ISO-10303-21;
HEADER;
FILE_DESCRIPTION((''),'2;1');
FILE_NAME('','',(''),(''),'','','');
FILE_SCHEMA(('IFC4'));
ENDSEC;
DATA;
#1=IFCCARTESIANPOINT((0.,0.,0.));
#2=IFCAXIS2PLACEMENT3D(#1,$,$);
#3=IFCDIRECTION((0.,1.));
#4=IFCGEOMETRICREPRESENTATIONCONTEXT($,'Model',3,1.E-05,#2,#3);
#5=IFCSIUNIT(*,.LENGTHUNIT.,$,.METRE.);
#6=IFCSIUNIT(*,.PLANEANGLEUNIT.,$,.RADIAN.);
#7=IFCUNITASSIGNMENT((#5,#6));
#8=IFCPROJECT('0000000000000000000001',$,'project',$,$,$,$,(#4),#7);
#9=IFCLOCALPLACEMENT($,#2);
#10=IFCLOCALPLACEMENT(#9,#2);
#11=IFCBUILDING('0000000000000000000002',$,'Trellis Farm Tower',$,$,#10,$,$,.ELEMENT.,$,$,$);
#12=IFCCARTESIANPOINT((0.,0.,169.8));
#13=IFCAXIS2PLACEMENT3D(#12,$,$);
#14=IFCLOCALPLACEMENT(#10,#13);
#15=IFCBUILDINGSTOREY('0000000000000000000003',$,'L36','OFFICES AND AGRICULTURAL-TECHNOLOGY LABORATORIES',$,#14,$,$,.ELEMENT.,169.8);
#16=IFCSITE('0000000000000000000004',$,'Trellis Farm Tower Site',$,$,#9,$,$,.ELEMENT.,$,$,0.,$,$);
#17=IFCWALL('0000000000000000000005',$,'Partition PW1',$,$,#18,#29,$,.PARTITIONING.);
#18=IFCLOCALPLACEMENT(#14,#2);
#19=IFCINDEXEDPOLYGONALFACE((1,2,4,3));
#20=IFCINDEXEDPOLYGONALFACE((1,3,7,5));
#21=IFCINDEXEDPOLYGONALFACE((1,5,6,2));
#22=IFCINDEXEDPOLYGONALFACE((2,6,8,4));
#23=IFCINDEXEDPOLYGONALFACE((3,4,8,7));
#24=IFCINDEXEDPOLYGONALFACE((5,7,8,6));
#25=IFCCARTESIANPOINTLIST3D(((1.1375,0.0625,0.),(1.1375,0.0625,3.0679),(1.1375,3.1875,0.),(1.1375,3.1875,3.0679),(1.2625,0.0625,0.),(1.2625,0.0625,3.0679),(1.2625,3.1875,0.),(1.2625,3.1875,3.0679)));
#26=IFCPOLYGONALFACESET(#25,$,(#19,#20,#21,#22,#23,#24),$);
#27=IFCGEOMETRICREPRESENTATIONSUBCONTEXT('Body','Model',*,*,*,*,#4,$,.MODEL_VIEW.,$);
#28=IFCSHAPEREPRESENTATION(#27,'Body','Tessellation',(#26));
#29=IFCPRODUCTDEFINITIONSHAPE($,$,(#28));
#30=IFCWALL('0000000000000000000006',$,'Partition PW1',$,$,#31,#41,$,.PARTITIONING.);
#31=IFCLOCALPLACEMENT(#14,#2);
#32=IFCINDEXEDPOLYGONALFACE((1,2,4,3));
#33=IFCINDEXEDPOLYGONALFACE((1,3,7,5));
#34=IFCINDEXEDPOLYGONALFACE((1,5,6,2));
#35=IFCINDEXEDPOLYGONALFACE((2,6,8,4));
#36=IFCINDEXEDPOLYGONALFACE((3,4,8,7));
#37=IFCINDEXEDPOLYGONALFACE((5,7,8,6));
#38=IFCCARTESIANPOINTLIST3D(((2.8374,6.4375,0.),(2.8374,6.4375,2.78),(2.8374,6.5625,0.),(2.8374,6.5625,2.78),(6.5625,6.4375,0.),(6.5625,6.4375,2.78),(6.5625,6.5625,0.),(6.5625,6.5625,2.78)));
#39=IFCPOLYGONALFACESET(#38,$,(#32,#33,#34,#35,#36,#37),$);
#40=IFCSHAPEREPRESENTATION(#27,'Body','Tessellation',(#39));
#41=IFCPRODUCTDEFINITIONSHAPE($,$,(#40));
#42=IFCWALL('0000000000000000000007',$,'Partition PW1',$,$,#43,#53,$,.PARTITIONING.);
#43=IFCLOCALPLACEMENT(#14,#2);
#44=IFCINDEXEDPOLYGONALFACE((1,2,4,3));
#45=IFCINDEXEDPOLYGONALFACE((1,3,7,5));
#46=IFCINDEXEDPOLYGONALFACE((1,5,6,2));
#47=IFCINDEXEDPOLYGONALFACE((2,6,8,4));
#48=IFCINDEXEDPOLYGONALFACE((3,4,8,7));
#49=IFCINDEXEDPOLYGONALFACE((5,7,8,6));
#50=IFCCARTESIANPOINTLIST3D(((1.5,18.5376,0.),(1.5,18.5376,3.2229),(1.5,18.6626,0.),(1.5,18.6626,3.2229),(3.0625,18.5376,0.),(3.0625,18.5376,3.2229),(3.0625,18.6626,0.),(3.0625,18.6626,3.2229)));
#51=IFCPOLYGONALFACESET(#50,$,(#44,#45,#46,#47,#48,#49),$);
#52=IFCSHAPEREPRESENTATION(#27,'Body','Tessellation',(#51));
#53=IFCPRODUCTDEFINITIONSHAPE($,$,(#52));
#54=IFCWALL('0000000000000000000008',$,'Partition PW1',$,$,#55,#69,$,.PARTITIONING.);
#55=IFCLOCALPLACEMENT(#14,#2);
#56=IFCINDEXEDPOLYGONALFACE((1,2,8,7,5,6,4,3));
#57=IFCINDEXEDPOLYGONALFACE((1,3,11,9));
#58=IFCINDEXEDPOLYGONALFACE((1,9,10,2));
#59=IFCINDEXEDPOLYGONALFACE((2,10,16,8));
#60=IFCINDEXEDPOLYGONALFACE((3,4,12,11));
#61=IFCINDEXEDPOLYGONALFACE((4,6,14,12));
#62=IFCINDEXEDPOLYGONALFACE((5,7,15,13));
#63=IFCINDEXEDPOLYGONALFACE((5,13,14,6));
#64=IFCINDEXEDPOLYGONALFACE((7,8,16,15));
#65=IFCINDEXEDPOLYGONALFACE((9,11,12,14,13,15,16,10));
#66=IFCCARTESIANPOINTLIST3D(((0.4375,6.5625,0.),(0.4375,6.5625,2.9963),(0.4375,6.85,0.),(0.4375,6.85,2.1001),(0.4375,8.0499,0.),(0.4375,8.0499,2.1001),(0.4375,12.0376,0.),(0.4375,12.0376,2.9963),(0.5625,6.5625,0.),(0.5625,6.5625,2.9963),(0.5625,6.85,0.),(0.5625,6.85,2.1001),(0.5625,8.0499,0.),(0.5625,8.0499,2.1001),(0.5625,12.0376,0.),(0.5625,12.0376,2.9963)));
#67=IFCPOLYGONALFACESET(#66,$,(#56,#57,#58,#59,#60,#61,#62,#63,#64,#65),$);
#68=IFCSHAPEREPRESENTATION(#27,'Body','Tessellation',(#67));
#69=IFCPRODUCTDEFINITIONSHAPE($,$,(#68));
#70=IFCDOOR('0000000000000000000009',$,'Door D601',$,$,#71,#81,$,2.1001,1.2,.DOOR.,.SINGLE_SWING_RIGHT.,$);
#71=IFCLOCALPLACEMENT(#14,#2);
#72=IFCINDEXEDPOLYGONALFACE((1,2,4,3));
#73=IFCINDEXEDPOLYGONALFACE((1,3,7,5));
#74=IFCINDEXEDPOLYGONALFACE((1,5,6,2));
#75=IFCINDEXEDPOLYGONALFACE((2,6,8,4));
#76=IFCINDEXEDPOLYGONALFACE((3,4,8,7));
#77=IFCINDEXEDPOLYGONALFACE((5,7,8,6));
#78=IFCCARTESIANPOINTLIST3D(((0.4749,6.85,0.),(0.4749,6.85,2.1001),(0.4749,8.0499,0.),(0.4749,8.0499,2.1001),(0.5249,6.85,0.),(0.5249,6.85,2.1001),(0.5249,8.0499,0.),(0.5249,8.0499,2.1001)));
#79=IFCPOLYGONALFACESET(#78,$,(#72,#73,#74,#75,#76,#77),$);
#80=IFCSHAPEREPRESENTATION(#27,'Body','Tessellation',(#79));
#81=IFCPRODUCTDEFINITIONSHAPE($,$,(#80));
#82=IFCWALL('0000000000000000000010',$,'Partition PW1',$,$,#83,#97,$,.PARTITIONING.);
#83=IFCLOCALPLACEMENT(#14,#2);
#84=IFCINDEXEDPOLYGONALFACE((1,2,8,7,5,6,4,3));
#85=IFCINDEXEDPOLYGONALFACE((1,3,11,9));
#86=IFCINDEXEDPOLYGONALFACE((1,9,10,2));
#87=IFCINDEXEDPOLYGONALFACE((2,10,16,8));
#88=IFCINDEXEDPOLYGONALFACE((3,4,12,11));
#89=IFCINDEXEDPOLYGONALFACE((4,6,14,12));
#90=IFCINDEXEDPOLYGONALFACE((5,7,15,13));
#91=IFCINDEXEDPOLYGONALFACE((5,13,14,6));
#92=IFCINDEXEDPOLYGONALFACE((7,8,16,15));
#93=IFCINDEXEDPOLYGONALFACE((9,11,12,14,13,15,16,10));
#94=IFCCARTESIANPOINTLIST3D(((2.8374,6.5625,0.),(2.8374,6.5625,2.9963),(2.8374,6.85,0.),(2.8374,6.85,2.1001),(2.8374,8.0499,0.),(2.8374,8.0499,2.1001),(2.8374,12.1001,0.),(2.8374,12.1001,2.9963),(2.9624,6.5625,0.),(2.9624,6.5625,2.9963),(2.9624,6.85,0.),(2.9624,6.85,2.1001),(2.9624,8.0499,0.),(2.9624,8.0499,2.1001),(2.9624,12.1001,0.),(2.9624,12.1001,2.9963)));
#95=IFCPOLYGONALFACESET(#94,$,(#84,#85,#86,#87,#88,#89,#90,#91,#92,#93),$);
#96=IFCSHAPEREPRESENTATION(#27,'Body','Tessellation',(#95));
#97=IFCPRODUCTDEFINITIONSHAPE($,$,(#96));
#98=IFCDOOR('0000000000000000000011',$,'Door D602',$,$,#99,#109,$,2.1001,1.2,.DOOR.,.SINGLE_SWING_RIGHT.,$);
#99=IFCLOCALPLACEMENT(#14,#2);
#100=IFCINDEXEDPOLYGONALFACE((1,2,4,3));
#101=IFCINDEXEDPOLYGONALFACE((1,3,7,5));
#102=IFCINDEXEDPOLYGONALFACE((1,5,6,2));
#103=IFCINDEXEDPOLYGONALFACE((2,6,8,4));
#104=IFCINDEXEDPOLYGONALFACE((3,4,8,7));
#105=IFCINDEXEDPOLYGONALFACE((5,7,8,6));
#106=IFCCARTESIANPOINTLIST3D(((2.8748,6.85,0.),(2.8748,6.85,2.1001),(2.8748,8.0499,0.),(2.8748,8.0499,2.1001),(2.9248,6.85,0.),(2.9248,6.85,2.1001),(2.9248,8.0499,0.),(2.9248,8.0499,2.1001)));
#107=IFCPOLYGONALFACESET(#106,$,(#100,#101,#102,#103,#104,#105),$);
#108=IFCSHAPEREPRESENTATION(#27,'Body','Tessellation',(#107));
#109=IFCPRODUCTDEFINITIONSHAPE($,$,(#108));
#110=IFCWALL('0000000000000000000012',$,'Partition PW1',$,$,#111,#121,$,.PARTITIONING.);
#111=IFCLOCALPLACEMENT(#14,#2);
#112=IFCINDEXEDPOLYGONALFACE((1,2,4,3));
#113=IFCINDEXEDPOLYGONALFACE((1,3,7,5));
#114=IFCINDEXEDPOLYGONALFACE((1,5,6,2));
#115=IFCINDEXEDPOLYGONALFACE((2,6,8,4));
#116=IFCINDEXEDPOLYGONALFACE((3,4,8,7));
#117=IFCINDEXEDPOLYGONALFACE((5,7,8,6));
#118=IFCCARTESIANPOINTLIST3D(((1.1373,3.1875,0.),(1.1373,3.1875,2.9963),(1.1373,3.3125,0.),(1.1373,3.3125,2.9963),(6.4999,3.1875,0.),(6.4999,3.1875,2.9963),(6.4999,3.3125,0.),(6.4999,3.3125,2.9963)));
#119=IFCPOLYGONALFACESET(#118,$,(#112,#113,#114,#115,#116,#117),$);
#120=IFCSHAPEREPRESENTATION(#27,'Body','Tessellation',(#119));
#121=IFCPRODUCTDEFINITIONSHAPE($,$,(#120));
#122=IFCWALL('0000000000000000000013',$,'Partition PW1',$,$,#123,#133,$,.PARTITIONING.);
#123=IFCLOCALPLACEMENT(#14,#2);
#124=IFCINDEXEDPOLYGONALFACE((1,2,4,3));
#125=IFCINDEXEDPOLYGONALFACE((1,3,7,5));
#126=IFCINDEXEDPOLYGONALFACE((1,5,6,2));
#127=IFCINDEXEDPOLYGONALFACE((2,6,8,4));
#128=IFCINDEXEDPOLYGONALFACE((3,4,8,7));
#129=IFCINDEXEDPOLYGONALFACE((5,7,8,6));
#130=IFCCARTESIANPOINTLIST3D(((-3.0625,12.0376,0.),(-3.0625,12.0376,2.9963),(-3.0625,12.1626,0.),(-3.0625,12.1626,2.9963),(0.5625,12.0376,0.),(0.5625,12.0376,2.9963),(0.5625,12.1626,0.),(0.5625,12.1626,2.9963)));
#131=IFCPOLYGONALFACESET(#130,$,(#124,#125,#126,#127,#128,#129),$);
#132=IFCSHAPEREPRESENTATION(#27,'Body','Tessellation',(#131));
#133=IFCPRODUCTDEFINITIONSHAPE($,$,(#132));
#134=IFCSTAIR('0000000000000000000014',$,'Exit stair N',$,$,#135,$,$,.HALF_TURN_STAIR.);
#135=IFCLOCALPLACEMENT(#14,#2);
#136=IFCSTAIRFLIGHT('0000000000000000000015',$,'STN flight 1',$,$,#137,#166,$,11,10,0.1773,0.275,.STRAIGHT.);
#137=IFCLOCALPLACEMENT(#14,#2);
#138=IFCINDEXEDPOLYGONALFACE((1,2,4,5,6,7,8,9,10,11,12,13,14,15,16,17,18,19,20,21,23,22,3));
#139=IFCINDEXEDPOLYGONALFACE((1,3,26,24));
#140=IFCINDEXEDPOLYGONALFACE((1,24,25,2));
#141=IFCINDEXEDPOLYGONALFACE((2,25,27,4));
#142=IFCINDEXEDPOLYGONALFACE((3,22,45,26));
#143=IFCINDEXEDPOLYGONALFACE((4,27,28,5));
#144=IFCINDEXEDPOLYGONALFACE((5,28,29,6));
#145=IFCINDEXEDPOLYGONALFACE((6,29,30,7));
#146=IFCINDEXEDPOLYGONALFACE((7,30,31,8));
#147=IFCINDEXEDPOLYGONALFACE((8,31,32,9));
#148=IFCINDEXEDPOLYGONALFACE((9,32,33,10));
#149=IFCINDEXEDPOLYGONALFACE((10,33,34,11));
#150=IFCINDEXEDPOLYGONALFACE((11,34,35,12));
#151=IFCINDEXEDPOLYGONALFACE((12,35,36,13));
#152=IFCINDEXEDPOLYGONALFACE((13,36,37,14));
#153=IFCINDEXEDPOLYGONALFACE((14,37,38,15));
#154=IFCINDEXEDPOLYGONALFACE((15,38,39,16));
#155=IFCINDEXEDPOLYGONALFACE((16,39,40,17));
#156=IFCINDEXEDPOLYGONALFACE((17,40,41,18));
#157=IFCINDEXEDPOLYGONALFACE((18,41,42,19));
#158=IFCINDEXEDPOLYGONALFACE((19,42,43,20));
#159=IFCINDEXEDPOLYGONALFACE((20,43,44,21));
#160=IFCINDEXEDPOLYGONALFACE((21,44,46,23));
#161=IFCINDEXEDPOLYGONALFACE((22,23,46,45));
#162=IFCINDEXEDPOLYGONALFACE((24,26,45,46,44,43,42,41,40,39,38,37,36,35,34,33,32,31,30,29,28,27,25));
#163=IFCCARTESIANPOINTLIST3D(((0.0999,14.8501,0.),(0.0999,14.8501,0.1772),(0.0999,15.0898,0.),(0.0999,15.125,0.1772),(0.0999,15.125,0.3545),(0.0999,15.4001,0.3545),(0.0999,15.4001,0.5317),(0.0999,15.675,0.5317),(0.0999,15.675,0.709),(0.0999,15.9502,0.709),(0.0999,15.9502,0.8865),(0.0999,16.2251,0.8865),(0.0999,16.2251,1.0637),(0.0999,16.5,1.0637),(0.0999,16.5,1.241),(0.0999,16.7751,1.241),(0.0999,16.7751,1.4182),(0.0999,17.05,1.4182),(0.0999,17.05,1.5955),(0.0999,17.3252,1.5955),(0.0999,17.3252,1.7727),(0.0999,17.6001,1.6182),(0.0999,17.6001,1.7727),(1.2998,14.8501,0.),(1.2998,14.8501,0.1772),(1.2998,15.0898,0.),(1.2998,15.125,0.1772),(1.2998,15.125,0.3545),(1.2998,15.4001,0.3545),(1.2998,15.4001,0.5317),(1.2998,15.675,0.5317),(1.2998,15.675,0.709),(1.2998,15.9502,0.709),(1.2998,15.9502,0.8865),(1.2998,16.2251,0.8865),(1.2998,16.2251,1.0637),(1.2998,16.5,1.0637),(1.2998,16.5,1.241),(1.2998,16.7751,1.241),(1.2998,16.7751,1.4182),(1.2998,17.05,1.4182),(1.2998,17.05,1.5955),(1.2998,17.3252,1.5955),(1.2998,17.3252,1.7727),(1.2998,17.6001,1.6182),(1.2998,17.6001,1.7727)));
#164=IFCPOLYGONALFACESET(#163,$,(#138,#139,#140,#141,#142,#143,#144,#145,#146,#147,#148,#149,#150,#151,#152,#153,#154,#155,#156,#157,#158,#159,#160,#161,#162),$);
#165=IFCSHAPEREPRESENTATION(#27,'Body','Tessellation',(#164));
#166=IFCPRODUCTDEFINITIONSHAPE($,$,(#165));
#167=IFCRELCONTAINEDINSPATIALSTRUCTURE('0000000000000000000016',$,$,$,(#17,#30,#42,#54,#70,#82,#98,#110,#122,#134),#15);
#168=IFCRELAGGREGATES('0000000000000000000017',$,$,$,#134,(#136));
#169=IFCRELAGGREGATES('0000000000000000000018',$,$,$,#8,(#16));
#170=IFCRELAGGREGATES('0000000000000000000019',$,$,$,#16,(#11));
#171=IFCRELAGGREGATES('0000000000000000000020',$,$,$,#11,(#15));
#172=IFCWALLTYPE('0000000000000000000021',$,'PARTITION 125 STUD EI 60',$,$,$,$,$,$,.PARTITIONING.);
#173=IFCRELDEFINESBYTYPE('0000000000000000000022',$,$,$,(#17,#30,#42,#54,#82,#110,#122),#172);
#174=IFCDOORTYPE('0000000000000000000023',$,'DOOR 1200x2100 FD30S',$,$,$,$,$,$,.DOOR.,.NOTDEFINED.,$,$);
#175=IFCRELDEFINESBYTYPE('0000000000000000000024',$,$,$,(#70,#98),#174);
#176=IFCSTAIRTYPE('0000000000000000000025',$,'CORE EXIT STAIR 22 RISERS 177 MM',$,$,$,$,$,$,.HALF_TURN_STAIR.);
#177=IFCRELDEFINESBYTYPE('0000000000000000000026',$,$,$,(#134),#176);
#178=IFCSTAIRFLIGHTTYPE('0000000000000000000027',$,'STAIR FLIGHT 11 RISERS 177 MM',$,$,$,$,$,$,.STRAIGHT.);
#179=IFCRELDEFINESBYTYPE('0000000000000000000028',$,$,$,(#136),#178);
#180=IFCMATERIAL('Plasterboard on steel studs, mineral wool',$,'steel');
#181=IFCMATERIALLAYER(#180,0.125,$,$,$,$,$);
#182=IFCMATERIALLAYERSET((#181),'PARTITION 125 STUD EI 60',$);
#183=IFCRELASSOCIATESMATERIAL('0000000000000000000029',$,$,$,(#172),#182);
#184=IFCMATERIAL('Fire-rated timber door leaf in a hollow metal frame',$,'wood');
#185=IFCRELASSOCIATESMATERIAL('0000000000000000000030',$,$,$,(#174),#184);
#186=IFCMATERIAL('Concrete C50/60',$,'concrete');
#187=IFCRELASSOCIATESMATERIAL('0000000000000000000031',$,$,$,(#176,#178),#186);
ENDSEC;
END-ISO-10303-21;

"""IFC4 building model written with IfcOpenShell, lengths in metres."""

from ifc_helpers import new_model, si_unit, direction, frame, frame_2d, origin, place, context, subcontext, project, spatial, polyline, rectangle, outline, extrude, source, transform, mapped, material, layer, layer_set, type_object, element, fill, aggregate, save


model = new_model("IFC4")

# Units and contexts
model_context = context("Model", 3, precision=1e-05, world=origin(), true_north=direction((0.0, 1.0)))
body_context = subcontext(model_context, "Body", "Model", "MODEL_VIEW")
ifc_project = project(units=[si_unit("LENGTHUNIT", "METRE"), si_unit("PLANEANGLEUNIT", "RADIAN")], contexts=[model_context])

# Site, building, storey
site_placement = place(None, origin())
site = spatial("IfcSite", under=ifc_project, at=site_placement, Name="Trellis Farm Tower Site", CompositionType="ELEMENT", RefElevation=0.0)
building_placement = place(site_placement, origin())
building = spatial("IfcBuilding", under=site, at=building_placement, Name="Trellis Farm Tower", CompositionType="ELEMENT")
storey_placement = place(building_placement, frame((0.0, 0.0, 169.8)))
storey = spatial("IfcBuildingStorey", under=building, at=storey_placement, Name="L36", Description="OFFICES AND AGRICULTURAL-TECHNOLOGY LABORATORIES", CompositionType="ELEMENT", Elevation=169.8)

# Shared definitions
placement_1 = place(storey_placement, origin())

# Walls
ifc_material_1 = material(Name="Plasterboard on steel studs, mineral wool", Category="steel")
ifc_layer_1 = layer(ifc_material_1, 0.125)
ifc_layer_set_1 = layer_set([ifc_layer_1], Name="PARTITION 125 STUD EI 60")
wall_type_1 = type_object("IfcWallType", Name="PARTITION 125 STUD EI 60", PredefinedType="PARTITIONING", material=ifc_layer_set_1)
shared_shape_1 = source(origin(), body_context, "Body", "SweptSolid", [
    extrude(rectangle(XDim=3.125, YDim=0.125, at=frame_2d((1.5625, 0.0))), origin(), (0.0, 0.0, 1.0), 3.0679),
])
wall_1_placement = place(storey_placement, frame((1.2, 3.1875, 0.0), z_axis=(0.0, 0.0, 1.0), x_axis=(0.0, -1.0, 0.0)))
element("IfcWall", 1, at=wall_1_placement, inside=storey, type_object=wall_type_1, Name="Partition PW1", PredefinedType="PARTITIONING", context=body_context, shape_type="MappedRepresentation", body=[
    mapped(shared_shape_1, transform((0.0, 0.0, 0.0))),
])
shared_shape_2 = source(origin(), body_context, "Body", "SweptSolid", [
    extrude(rectangle(XDim=3.7251, YDim=0.125, at=frame_2d((1.8625, 0.0))), origin(), (0.0, 0.0, 1.0), 2.78),
])
wall_2_placement = place(storey_placement, frame((2.8374, 6.5, 0.0), z_axis=(0.0, 0.0, 1.0), x_axis=(1.0, 0.0, 0.0)))
element("IfcWall", 2, at=wall_2_placement, inside=storey, type_object=wall_type_1, Name="Partition PW1", PredefinedType="PARTITIONING", context=body_context, shape_type="MappedRepresentation", body=[
    mapped(shared_shape_2, transform((0.0, 0.0, 0.0))),
])
shared_shape_3 = source(origin(), body_context, "Body", "SweptSolid", [
    extrude(rectangle(XDim=1.5625, YDim=0.125, at=frame_2d((0.7812, 0.0))), origin(), (0.0, 0.0, 1.0), 3.2229),
])
wall_3_placement = place(storey_placement, frame((1.5, 18.6001, 0.0), z_axis=(0.0, 0.0, 1.0), x_axis=(1.0, 0.0, 0.0)))
element("IfcWall", 3, at=wall_3_placement, inside=storey, type_object=wall_type_1, Name="Partition PW1", PredefinedType="PARTITIONING", context=body_context, shape_type="MappedRepresentation", body=[
    mapped(shared_shape_3, transform((0.0, 0.0, 0.0))),
])

# Walls, openings, doors
shared_shape_4 = source(origin(), body_context, "Body", "SweptSolid", [
    extrude(rectangle(XDim=5.4751, YDim=0.125, at=frame_2d((2.7375, 0.0))), origin(), (0.0, 0.0, 1.0), 2.9963),
])
wall_4_placement = place(storey_placement, frame((0.5, 12.0376, 0.0), z_axis=(0.0, 0.0, 1.0), x_axis=(0.0, -1.0, 0.0)))
wall_4 = element("IfcWall", 4, at=wall_4_placement, inside=storey, type_object=wall_type_1, Name="Partition PW1", PredefinedType="PARTITIONING", context=body_context, shape_type="MappedRepresentation", body=[
    mapped(shared_shape_4, transform((0.0, 0.0, 0.0))),
])
shared_shape_5 = source(origin(), body_context, "Body", "SweptSolid", [
    extrude(rectangle(XDim=1.2, YDim=2.1001, at=frame_2d((0.6001, 1.05))), frame((0.0, 0.0725, 0.0), z_axis=(0.0, -1.0, 0.0), x_axis=(1.0, 0.0, 0.0)), (0.0, 0.0, 1.0), 0.145),
])
opening_1_placement = place(wall_4_placement, frame((3.9875, 0.0, 0.0)))
opening_1 = element("IfcOpeningElement", 5, at=opening_1_placement, cuts=wall_4, PredefinedType="OPENING", context=body_context, shape_type="MappedRepresentation", body=[
    mapped(shared_shape_5, transform((0.0, 0.0, 0.0))),
])
ifc_material_2 = material(Name="Fire-rated timber door leaf in a hollow metal frame", Category="wood")
door_type = type_object("IfcDoorType", Name="DOOR 1200x2100 FD30S", OperationType="NOTDEFINED", PredefinedType="DOOR", material=ifc_material_2)
shared_shape_6 = source(origin(), body_context, "Body", "SweptSolid", [
    extrude(rectangle(XDim=1.2, YDim=2.1001, at=frame_2d((0.6001, 1.05))), frame((0.0, 0.0249, 0.0), z_axis=(0.0, -1.0, 0.0), x_axis=(1.0, 0.0, 0.0)), (0.0, 0.0, 1.0), 0.05),
])
door_1_placement = place(opening_1_placement, origin())
door_1 = element("IfcDoor", 6, at=door_1_placement, inside=storey, type_object=door_type, Name="Door D601", OperationType="SINGLE_SWING_RIGHT", OverallHeight=2.1001, OverallWidth=1.2, PredefinedType="DOOR", context=body_context, shape_type="MappedRepresentation", body=[
    mapped(shared_shape_6, transform((0.0, 0.0, 0.0))),
])
fill(opening_1, door_1)
shared_shape_7 = source(origin(), body_context, "Body", "SweptSolid", [
    extrude(rectangle(XDim=5.5376, YDim=0.125, at=frame_2d((2.7688, 0.0))), origin(), (0.0, 0.0, 1.0), 2.9963),
])
wall_5_placement = place(storey_placement, frame((2.8999, 12.1001, 0.0), z_axis=(0.0, 0.0, 1.0), x_axis=(0.0, -1.0, 0.0)))
wall_5 = element("IfcWall", 7, at=wall_5_placement, inside=storey, type_object=wall_type_1, Name="Partition PW1", PredefinedType="PARTITIONING", context=body_context, shape_type="MappedRepresentation", body=[
    mapped(shared_shape_7, transform((0.0, 0.0, 0.0))),
])
opening_2_placement = place(wall_5_placement, frame((4.05, 0.0, 0.0)))
opening_2 = element("IfcOpeningElement", 8, at=opening_2_placement, cuts=wall_5, PredefinedType="OPENING", context=body_context, shape_type="MappedRepresentation", body=[
    mapped(shared_shape_5, transform((0.0, 0.0, 0.0))),
])
door_2_placement = place(opening_2_placement, origin())
door_2 = element("IfcDoor", 9, at=door_2_placement, inside=storey, type_object=door_type, Name="Door D602", OperationType="SINGLE_SWING_RIGHT", OverallHeight=2.1001, OverallWidth=1.2, PredefinedType="DOOR", context=body_context, shape_type="MappedRepresentation", body=[
    mapped(shared_shape_6, transform((0.0, 0.0, 0.0))),
])
fill(opening_2, door_2)

# Walls
shared_shape_8 = source(origin(), body_context, "Body", "SweptSolid", [
    extrude(rectangle(XDim=5.3625, YDim=0.125, at=frame_2d((2.6812, 0.0))), origin(), (0.0, 0.0, 1.0), 2.9963),
])
wall_6_placement = place(storey_placement, frame((1.1375, 3.25, 0.0), z_axis=(0.0, 0.0, 1.0), x_axis=(1.0, 0.0, 0.0)))
element("IfcWall", 10, at=wall_6_placement, inside=storey, type_object=wall_type_1, Name="Partition PW1", PredefinedType="PARTITIONING", context=body_context, shape_type="MappedRepresentation", body=[
    mapped(shared_shape_8, transform((0.0, 0.0, 0.0))),
])
shared_shape_9 = source(origin(), body_context, "Body", "SweptSolid", [
    extrude(rectangle(XDim=3.625, YDim=0.125, at=frame_2d((1.8125, 0.0))), origin(), (0.0, 0.0, 1.0), 2.9963),
])
wall_7_placement = place(storey_placement, frame((0.5625, 12.1001, 0.0), z_axis=(0.0, 0.0, 1.0), x_axis=(-1.0, 0.0, 0.0)))
element("IfcWall", 11, at=wall_7_placement, inside=storey, type_object=wall_type_1, Name="Partition PW1", PredefinedType="PARTITIONING", context=body_context, shape_type="MappedRepresentation", body=[
    mapped(shared_shape_9, transform((0.0, 0.0, 0.0))),
])

# Stair, stair flight
ifc_material_3 = material(Name="Concrete C50/60", Category="concrete")
stair_type = type_object("IfcStairType", Name="CORE EXIT STAIR 22 RISERS 177 MM", PredefinedType="HALF_TURN_STAIR", material=ifc_material_3)
stair = element("IfcStair", 12, at=placement_1, inside=storey, type_object=stair_type, Name="Exit stair N", PredefinedType="HALF_TURN_STAIR")
stair_flight_type = type_object("IfcStairFlightType", Name="STAIR FLIGHT 11 RISERS 177 MM", PredefinedType="STRAIGHT", material=ifc_material_3)
shared_shape_10 = source(origin(), body_context, "Body", "SweptSolid", [
    extrude(outline(polyline([(0.0, 0.0), (0.0, 0.1772), (0.2749, 0.1772), (0.2749, 0.3545), (0.55, 0.3545), (0.55, 0.5317), (0.825, 0.5317), (0.825, 0.709), (1.1001, 0.709), (1.1001, 0.8865), (1.375, 0.8865), (1.375, 1.0637), (1.6499, 1.0637), (1.6499, 1.241), (1.925, 1.241), (1.925, 1.4182), (2.2, 1.4182), (2.2, 1.5955), (2.4751, 1.5955), (2.4751, 1.7727), (2.75, 1.7727), (2.75, 1.95), (2.75, 1.6182), (0.2397, 0.0), (0.0, 0.0)])), frame((0.0, 0.6001, 0.0), z_axis=(0.0, -1.0, 0.0), x_axis=(1.0, 0.0, 0.0)), (0.0, 0.0, 1.0), 1.2),
])
stair_flight_placement = place(storey_placement, frame((0.7, 14.8501, 0.0), z_axis=(0.0, 0.0, 1.0), x_axis=(0.0, 1.0, 0.0)))
stair_flight = element("IfcStairFlight", 13, at=stair_flight_placement, type_object=stair_flight_type, Name="STN flight 1", NumberOfRisers=11, NumberOfTreads=10, PredefinedType="STRAIGHT", RiserHeight=0.1773, TreadLength=0.275, context=body_context, shape_type="MappedRepresentation", body=[
    mapped(shared_shape_10, transform((0.0, 0.0, 0.0))),
])
aggregate(stair, [stair_flight])

save(model, "model.ifc")
